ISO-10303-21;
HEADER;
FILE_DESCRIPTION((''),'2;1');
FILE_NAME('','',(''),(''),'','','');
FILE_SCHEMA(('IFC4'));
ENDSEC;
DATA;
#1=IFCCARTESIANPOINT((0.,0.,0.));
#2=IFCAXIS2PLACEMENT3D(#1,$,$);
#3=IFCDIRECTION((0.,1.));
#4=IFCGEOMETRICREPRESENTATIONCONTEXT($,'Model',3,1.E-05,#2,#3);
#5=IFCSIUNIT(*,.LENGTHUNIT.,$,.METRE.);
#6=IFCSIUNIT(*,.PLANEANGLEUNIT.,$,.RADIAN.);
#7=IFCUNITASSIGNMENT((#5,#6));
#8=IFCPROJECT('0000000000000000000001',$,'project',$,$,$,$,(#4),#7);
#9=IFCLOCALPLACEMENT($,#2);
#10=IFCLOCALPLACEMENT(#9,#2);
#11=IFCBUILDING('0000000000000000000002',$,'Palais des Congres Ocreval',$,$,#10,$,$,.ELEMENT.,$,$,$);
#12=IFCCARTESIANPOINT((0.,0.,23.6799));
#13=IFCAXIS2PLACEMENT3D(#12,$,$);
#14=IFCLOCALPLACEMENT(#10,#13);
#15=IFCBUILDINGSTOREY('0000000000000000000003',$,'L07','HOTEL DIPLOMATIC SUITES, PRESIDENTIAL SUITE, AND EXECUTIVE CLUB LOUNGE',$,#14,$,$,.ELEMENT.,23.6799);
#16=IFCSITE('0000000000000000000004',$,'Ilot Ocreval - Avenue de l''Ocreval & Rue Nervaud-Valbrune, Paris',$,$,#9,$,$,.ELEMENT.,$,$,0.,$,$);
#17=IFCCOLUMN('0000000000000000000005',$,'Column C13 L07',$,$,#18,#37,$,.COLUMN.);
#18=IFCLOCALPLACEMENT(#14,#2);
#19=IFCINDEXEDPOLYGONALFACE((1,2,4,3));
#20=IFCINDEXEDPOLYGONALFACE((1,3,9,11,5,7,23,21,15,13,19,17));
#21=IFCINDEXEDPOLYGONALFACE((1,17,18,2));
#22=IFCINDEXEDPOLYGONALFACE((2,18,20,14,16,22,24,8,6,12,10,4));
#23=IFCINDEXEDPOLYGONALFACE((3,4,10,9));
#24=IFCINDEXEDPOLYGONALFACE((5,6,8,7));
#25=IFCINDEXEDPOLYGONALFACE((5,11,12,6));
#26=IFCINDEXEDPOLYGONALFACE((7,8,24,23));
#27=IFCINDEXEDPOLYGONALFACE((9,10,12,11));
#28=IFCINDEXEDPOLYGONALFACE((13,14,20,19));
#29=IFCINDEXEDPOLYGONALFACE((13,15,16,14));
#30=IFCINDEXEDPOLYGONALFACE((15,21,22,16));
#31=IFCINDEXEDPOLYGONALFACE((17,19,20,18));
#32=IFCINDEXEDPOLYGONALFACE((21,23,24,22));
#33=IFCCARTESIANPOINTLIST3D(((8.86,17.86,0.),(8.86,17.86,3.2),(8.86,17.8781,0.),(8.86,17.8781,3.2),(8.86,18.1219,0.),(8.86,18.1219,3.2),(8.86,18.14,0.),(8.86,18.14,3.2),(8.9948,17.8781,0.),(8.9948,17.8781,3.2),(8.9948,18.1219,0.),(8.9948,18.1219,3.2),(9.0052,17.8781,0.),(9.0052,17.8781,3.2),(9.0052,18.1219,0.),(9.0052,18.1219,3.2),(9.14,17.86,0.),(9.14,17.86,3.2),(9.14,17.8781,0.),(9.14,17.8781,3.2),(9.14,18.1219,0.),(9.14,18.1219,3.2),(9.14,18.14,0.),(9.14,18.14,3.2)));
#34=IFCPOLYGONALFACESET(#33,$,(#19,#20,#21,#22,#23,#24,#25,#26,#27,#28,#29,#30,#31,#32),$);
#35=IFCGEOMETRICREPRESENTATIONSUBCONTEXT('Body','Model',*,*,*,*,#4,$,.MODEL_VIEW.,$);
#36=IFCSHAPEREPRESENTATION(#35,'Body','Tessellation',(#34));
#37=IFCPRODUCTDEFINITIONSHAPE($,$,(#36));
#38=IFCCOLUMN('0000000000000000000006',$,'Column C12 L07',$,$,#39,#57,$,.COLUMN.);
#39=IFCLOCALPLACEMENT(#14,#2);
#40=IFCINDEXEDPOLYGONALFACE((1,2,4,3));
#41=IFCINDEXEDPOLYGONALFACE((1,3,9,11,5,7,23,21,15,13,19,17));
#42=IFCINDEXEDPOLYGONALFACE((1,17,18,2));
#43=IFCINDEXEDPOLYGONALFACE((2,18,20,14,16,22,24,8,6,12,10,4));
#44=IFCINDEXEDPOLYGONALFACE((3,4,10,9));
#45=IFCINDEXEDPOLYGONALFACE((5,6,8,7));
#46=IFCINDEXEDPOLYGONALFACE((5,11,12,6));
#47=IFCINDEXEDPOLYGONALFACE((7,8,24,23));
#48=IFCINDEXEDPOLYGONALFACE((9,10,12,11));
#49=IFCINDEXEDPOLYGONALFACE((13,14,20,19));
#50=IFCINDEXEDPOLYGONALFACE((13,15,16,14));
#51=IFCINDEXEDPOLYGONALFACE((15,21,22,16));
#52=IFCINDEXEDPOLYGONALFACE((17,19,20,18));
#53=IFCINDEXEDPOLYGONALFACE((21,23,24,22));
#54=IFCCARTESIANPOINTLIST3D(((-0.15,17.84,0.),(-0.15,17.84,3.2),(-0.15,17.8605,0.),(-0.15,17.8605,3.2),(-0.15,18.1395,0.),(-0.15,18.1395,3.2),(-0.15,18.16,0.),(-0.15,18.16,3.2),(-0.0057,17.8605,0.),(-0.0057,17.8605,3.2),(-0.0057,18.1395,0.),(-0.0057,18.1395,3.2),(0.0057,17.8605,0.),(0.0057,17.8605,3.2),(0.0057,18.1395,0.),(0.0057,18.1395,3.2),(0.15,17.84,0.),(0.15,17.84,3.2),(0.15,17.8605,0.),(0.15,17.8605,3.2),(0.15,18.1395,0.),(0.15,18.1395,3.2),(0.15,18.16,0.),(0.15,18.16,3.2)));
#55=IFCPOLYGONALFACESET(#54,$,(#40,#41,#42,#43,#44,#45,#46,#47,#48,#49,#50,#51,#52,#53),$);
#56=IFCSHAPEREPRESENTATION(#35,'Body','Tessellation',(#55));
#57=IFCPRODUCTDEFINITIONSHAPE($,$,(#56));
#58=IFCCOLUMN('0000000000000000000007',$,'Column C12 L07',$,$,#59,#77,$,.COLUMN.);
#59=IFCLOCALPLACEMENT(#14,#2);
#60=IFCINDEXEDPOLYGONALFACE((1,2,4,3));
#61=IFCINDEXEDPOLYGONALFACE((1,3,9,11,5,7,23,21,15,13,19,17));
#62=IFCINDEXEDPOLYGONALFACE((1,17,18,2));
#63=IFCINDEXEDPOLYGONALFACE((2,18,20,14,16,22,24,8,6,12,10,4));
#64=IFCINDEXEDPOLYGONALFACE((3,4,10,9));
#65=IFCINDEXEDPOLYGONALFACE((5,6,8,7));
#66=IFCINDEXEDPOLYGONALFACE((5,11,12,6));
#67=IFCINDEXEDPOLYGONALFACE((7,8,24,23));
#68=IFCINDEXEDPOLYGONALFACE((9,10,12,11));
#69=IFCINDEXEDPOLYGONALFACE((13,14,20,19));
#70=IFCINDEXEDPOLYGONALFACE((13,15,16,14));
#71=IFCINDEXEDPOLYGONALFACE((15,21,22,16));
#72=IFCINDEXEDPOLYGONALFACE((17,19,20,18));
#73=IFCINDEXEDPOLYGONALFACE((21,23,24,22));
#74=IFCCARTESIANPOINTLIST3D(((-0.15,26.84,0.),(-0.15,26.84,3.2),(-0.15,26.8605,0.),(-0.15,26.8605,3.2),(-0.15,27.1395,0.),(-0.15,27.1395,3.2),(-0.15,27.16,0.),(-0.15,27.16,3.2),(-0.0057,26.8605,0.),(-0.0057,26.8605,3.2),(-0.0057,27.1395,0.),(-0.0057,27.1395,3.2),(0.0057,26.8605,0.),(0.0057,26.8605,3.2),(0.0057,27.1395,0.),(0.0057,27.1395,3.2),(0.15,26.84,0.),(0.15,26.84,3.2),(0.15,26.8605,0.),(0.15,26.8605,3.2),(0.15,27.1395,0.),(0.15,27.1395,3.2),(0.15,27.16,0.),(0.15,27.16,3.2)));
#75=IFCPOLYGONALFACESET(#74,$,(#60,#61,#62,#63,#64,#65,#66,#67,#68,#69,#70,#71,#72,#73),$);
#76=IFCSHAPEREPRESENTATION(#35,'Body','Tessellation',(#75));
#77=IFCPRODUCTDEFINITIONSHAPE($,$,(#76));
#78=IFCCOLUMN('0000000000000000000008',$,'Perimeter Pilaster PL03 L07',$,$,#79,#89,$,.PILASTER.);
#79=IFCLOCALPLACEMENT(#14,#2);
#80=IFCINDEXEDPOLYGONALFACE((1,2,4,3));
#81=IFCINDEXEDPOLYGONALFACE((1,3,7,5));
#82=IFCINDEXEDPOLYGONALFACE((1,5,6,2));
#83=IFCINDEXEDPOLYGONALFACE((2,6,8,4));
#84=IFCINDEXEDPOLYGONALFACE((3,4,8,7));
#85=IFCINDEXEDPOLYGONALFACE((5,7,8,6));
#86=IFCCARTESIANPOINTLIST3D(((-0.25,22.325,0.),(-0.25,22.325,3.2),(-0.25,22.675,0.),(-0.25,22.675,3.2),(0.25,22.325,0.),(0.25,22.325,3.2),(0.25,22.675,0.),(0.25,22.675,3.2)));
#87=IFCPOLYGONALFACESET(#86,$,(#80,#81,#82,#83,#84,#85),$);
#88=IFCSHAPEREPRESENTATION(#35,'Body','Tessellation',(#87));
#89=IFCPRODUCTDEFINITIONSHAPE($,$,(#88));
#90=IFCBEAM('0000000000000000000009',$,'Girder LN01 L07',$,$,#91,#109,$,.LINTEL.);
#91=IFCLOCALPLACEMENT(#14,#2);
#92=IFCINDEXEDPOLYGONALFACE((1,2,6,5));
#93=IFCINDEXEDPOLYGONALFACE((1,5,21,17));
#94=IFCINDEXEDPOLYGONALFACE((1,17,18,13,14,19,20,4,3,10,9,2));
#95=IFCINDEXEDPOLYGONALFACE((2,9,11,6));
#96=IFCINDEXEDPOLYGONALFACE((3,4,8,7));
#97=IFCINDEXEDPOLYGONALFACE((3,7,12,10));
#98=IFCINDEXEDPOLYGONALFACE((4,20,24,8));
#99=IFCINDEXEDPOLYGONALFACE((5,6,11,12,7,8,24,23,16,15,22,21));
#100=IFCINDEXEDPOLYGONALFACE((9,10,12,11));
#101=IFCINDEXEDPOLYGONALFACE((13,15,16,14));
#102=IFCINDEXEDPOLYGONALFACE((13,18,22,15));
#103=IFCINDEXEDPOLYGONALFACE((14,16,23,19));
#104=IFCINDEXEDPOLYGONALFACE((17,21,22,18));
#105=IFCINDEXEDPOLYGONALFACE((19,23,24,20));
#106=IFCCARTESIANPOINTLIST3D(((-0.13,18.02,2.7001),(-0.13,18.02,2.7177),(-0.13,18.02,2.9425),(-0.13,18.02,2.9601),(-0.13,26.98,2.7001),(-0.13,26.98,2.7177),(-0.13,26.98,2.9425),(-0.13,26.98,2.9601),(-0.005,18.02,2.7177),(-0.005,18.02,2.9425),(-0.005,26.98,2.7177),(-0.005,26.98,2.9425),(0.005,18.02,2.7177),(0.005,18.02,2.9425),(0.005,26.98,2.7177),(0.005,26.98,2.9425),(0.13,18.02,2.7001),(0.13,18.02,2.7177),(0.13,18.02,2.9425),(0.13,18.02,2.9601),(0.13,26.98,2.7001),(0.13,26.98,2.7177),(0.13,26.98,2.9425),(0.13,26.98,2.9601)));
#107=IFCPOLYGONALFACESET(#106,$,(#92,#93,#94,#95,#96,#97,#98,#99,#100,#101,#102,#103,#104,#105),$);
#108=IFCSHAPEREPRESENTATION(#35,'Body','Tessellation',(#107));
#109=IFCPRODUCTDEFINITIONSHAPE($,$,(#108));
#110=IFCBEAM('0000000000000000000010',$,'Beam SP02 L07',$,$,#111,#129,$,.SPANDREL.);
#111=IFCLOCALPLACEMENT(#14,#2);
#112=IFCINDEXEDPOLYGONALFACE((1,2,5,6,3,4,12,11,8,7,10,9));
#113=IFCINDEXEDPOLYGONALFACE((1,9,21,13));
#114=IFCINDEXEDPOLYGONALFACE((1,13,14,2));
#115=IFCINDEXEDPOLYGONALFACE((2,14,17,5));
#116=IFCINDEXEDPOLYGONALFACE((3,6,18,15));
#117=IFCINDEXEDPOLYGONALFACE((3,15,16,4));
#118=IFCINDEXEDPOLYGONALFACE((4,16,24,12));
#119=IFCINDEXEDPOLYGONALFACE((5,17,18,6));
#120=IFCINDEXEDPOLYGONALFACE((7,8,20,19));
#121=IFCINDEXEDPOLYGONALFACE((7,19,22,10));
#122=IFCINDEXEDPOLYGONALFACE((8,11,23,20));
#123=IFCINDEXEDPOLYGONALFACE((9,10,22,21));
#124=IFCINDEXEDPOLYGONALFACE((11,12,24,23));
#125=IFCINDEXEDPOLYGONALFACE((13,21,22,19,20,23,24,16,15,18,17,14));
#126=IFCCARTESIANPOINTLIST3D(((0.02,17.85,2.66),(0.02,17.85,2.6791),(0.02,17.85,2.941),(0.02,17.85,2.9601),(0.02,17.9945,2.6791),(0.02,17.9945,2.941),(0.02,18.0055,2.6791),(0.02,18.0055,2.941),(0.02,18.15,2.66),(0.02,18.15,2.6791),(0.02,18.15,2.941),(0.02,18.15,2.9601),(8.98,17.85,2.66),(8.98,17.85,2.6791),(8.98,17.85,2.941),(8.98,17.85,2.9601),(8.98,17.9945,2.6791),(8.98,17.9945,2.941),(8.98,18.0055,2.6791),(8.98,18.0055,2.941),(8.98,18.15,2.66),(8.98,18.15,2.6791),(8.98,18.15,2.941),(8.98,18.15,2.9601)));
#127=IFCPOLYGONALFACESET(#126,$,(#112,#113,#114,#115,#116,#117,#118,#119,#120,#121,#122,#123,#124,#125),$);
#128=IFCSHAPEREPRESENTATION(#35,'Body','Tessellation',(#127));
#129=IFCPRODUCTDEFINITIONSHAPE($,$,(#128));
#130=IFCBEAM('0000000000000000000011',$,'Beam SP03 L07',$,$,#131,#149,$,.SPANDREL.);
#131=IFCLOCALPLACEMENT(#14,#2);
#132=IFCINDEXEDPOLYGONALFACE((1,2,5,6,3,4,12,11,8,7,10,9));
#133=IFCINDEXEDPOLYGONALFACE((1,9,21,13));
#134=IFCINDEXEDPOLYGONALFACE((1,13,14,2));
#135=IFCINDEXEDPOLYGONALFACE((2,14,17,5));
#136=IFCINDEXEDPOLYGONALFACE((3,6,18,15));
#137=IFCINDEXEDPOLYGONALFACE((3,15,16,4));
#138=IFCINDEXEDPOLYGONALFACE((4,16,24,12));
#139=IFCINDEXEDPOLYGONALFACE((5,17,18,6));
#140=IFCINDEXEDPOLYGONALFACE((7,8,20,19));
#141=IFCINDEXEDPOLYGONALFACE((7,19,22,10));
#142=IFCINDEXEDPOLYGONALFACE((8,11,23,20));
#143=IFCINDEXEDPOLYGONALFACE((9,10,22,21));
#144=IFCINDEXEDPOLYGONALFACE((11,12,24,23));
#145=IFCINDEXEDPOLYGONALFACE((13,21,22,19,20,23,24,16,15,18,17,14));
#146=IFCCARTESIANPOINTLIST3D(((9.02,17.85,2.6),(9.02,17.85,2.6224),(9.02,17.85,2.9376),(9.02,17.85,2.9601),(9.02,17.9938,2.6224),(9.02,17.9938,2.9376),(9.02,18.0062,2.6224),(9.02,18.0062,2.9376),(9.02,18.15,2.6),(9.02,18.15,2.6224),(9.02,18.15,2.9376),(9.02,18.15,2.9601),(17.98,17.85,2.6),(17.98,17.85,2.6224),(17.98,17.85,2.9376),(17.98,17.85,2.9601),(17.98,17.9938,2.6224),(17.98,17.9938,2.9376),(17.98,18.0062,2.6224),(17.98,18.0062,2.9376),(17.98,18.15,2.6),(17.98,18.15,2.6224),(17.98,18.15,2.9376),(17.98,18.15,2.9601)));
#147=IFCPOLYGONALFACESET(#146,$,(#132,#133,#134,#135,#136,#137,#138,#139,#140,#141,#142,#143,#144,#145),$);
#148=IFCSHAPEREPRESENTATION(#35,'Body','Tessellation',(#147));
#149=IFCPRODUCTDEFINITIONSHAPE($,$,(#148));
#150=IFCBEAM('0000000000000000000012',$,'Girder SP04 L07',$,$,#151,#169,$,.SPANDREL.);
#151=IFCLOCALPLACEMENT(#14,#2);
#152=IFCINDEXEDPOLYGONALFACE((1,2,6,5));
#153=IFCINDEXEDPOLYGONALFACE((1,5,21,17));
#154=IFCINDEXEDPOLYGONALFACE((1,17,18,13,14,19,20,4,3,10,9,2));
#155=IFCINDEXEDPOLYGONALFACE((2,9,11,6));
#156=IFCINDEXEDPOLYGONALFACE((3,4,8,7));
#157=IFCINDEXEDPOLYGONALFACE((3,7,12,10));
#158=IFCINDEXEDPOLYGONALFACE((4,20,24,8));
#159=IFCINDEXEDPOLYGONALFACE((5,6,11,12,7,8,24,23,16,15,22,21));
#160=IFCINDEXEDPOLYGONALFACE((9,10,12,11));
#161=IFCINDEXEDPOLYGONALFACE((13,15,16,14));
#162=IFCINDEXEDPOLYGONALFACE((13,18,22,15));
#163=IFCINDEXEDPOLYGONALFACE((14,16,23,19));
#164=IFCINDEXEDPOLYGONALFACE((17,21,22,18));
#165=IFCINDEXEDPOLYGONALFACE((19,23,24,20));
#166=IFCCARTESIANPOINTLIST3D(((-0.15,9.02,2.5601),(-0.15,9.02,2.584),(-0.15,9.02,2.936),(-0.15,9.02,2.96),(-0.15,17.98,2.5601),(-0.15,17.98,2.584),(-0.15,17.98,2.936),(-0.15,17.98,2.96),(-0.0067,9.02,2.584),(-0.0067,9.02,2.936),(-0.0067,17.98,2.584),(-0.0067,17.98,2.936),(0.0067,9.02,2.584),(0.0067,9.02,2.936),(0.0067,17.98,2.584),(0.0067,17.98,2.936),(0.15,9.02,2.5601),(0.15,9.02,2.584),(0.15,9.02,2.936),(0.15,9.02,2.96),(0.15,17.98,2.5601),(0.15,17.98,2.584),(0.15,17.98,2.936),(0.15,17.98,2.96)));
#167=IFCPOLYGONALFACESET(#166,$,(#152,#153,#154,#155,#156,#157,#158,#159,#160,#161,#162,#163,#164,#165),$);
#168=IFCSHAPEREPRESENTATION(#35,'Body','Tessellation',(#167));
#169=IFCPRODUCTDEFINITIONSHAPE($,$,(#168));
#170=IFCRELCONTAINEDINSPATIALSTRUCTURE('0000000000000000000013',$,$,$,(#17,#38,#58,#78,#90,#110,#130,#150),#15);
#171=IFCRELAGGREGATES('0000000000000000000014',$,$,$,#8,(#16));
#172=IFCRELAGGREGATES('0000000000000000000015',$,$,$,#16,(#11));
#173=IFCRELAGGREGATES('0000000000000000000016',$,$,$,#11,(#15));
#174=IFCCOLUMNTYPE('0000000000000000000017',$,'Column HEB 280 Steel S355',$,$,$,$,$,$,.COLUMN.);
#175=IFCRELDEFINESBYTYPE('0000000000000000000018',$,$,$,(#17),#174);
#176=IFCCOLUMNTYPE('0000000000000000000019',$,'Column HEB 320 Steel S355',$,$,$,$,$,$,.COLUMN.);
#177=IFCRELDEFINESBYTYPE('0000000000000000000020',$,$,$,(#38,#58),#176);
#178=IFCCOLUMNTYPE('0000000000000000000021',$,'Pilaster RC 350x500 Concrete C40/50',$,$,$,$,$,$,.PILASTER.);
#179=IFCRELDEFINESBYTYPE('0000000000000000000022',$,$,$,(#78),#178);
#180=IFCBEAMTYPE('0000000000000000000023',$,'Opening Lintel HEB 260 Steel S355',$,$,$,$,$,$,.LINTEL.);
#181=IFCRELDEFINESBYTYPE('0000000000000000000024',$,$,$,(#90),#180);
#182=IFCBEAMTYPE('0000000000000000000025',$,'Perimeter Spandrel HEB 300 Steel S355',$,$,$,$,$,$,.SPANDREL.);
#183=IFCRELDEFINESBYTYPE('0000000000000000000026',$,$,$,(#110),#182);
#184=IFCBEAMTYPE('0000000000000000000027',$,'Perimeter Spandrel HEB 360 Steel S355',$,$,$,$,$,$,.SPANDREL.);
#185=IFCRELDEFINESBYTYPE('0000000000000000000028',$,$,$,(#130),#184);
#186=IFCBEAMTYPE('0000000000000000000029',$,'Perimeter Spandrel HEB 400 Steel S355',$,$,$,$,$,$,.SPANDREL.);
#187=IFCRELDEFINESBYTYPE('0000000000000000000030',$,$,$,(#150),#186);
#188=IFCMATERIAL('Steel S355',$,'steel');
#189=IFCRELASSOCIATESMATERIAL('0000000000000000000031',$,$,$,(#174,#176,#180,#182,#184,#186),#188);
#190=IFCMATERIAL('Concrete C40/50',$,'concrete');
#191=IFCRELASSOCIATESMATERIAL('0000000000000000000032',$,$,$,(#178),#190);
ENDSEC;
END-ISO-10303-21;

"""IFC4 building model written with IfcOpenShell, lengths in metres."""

from ifc_helpers import new_model, si_unit, direction, frame, origin, origin_2d, place, context, subcontext, project, spatial, rectangle, i_section, extrude, material, material_profile, profile_set, type_object, element, save


model = new_model("IFC4")

# Units and contexts
model_context = context("Model", 3, precision=1e-05, world=origin(), true_north=direction((0.0, 1.0)))
body_context = subcontext(model_context, "Body", "Model", "MODEL_VIEW")
ifc_project = project(units=[si_unit("LENGTHUNIT", "METRE"), si_unit("PLANEANGLEUNIT", "RADIAN")], contexts=[model_context])

# Site, building, storey
site_placement = place(None, origin())
site = spatial("IfcSite", under=ifc_project, at=site_placement, Name="Ilot Ocreval - Avenue de l'Ocreval & Rue Nervaud-Valbrune, Paris", CompositionType="ELEMENT", RefElevation=0.0)
building_placement = place(site_placement, origin())
building = spatial("IfcBuilding", under=site, at=building_placement, Name="Palais des Congres Ocreval", CompositionType="ELEMENT")
storey_placement = place(building_placement, frame((0.0, 0.0, 23.6799)))
storey = spatial("IfcBuildingStorey", under=building, at=storey_placement, Name="L07", Description="HOTEL DIPLOMATIC SUITES, PRESIDENTIAL SUITE, AND EXECUTIVE CLUB LOUNGE", CompositionType="ELEMENT", Elevation=23.6799)

# Columns
ifc_material_1 = material(Name="Steel S355", Category="steel")
ifc_material_profile_1 = material_profile(ifc_material_1, i_section(OverallWidth=0.28, OverallDepth=0.28, WebThickness=0.0105, FlangeThickness=0.0181, at=origin_2d()), Name="HEB 280")
ifc_profile_set_1 = profile_set([ifc_material_profile_1], Name="Steel S355")
column_type_1 = type_object("IfcColumnType", Name="Column HEB 280 Steel S355", PredefinedType="COLUMN", material=ifc_profile_set_1)
column_1_placement = place(storey_placement, frame((9.0, 18.0, 0.0), z_axis=(0.0, 0.0, 1.0), x_axis=(1.0, 0.0, 0.0)))
element("IfcColumn", 1, at=column_1_placement, inside=storey, type_object=column_type_1, Name="Column C13 L07", PredefinedType="COLUMN", context=body_context, shape_type="SweptSolid", body=[
    extrude(i_section(OverallWidth=0.28, OverallDepth=0.28, WebThickness=0.0105, FlangeThickness=0.0181, at=origin_2d()), origin(), (0.0, 0.0, 1.0), 3.2),
])
ifc_material_profile_2 = material_profile(ifc_material_1, i_section(OverallWidth=0.3, OverallDepth=0.3201, WebThickness=0.0115, FlangeThickness=0.0205, at=origin_2d()), Name="HEB 320")
ifc_profile_set_2 = profile_set([ifc_material_profile_2], Name="Steel S355")
column_type_2 = type_object("IfcColumnType", Name="Column HEB 320 Steel S355", PredefinedType="COLUMN", material=ifc_profile_set_2)
for number, where, z_axis, x_axis, name in (
    (2, (0.0, 18.0, 0.0), (0.0, 0.0, 1.0), (1.0, 0.0, 0.0), "Column C12 L07"),
    (3, (0.0, 27.0, 0.0), (0.0, 0.0, 1.0), (1.0, 0.0, 0.0), "Column C12 L07"),
):
    element("IfcColumn", number, at=place(storey_placement, frame(where, z_axis=z_axis, x_axis=x_axis)), inside=storey, type_object=column_type_2, Name=name, PredefinedType="COLUMN", context=body_context, shape_type="SweptSolid", body=[
        extrude(i_section(OverallWidth=0.3, OverallDepth=0.3201, WebThickness=0.0115, FlangeThickness=0.0205, at=origin_2d()), origin(), (0.0, 0.0, 1.0), 3.2),
    ])
ifc_material_2 = material(Name="Concrete C40/50", Category="concrete")
ifc_material_profile_3 = material_profile(ifc_material_2, rectangle(XDim=0.3501, YDim=0.5, at=origin_2d()), Name="RC 350x500")
ifc_profile_set_3 = profile_set([ifc_material_profile_3], Name="Concrete C40/50")
column_type_3 = type_object("IfcColumnType", Name="Pilaster RC 350x500 Concrete C40/50", PredefinedType="PILASTER", material=ifc_profile_set_3)
column_2_placement = place(storey_placement, frame((0.0, 22.5, 0.0), z_axis=(0.0, 0.0, 1.0), x_axis=(0.0, 1.0, 0.0)))
element("IfcColumn", 4, at=column_2_placement, inside=storey, type_object=column_type_3, Name="Perimeter Pilaster PL03 L07", PredefinedType="PILASTER", context=body_context, shape_type="SweptSolid", body=[
    extrude(rectangle(XDim=0.3501, YDim=0.5, at=origin_2d()), origin(), (0.0, 0.0, 1.0), 3.2),
])

# Beams
ifc_material_profile_4 = material_profile(ifc_material_1, i_section(OverallWidth=0.26, OverallDepth=0.26, WebThickness=0.01, FlangeThickness=0.0176, at=origin_2d()), Name="HEB 260")
ifc_profile_set_4 = profile_set([ifc_material_profile_4], Name="Steel S355")
beam_type_1 = type_object("IfcBeamType", Name="Opening Lintel HEB 260 Steel S355", PredefinedType="LINTEL", material=ifc_profile_set_4)
beam_1_placement = place(storey_placement, frame((0.0, 18.02, 2.8301), z_axis=(0.0, 1.0, 0.0), x_axis=(-1.0, 0.0, 0.0)))
element("IfcBeam", 5, at=beam_1_placement, inside=storey, type_object=beam_type_1, Name="Girder LN01 L07", PredefinedType="LINTEL", context=body_context, shape_type="SweptSolid", body=[
    extrude(i_section(OverallWidth=0.26, OverallDepth=0.26, WebThickness=0.01, FlangeThickness=0.0176, at=origin_2d()), origin(), (0.0, 0.0, 1.0), 8.96),
])
ifc_material_profile_5 = material_profile(ifc_material_1, i_section(OverallWidth=0.3, OverallDepth=0.3, WebThickness=0.011, FlangeThickness=0.019, at=origin_2d()), Name="HEB 300")
ifc_profile_set_5 = profile_set([ifc_material_profile_5], Name="Steel S355")
beam_type_2 = type_object("IfcBeamType", Name="Perimeter Spandrel HEB 300 Steel S355", PredefinedType="SPANDREL", material=ifc_profile_set_5)
beam_2_placement = place(storey_placement, frame((0.02, 18.0, 2.8101), z_axis=(1.0, 0.0, 0.0), x_axis=(0.0, 1.0, 0.0)))
element("IfcBeam", 6, at=beam_2_placement, inside=storey, type_object=beam_type_2, Name="Beam SP02 L07", PredefinedType="SPANDREL", context=body_context, shape_type="SweptSolid", body=[
    extrude(i_section(OverallWidth=0.3, OverallDepth=0.3, WebThickness=0.011, FlangeThickness=0.019, at=origin_2d()), origin(), (0.0, 0.0, 1.0), 8.96),
])
ifc_material_profile_6 = material_profile(ifc_material_1, i_section(OverallWidth=0.3, OverallDepth=0.3601, WebThickness=0.0125, FlangeThickness=0.0225, at=origin_2d()), Name="HEB 360")
ifc_profile_set_6 = profile_set([ifc_material_profile_6], Name="Steel S355")
beam_type_3 = type_object("IfcBeamType", Name="Perimeter Spandrel HEB 360 Steel S355", PredefinedType="SPANDREL", material=ifc_profile_set_6)
beam_3_placement = place(storey_placement, frame((9.02, 18.0, 2.78), z_axis=(1.0, 0.0, 0.0), x_axis=(0.0, 1.0, 0.0)))
element("IfcBeam", 7, at=beam_3_placement, inside=storey, type_object=beam_type_3, Name="Beam SP03 L07", PredefinedType="SPANDREL", context=body_context, shape_type="SweptSolid", body=[
    extrude(i_section(OverallWidth=0.3, OverallDepth=0.3601, WebThickness=0.0125, FlangeThickness=0.0225, at=origin_2d()), origin(), (0.0, 0.0, 1.0), 8.96),
])
ifc_material_profile_7 = material_profile(ifc_material_1, i_section(OverallWidth=0.3, OverallDepth=0.3999, WebThickness=0.0134, FlangeThickness=0.0239, at=origin_2d()), Name="HEB 400")
ifc_profile_set_7 = profile_set([ifc_material_profile_7], Name="Steel S355")
beam_type_4 = type_object("IfcBeamType", Name="Perimeter Spandrel HEB 400 Steel S355", PredefinedType="SPANDREL", material=ifc_profile_set_7)
beam_4_placement = place(storey_placement, frame((0.0, 9.02, 2.76), z_axis=(0.0, 1.0, 0.0), x_axis=(-1.0, 0.0, 0.0)))
element("IfcBeam", 8, at=beam_4_placement, inside=storey, type_object=beam_type_4, Name="Girder SP04 L07", PredefinedType="SPANDREL", context=body_context, shape_type="SweptSolid", body=[
    extrude(i_section(OverallWidth=0.3, OverallDepth=0.3999, WebThickness=0.0134, FlangeThickness=0.0239, at=origin_2d()), origin(), (0.0, 0.0, 1.0), 8.96),
])

save(model, "model.ifc")
